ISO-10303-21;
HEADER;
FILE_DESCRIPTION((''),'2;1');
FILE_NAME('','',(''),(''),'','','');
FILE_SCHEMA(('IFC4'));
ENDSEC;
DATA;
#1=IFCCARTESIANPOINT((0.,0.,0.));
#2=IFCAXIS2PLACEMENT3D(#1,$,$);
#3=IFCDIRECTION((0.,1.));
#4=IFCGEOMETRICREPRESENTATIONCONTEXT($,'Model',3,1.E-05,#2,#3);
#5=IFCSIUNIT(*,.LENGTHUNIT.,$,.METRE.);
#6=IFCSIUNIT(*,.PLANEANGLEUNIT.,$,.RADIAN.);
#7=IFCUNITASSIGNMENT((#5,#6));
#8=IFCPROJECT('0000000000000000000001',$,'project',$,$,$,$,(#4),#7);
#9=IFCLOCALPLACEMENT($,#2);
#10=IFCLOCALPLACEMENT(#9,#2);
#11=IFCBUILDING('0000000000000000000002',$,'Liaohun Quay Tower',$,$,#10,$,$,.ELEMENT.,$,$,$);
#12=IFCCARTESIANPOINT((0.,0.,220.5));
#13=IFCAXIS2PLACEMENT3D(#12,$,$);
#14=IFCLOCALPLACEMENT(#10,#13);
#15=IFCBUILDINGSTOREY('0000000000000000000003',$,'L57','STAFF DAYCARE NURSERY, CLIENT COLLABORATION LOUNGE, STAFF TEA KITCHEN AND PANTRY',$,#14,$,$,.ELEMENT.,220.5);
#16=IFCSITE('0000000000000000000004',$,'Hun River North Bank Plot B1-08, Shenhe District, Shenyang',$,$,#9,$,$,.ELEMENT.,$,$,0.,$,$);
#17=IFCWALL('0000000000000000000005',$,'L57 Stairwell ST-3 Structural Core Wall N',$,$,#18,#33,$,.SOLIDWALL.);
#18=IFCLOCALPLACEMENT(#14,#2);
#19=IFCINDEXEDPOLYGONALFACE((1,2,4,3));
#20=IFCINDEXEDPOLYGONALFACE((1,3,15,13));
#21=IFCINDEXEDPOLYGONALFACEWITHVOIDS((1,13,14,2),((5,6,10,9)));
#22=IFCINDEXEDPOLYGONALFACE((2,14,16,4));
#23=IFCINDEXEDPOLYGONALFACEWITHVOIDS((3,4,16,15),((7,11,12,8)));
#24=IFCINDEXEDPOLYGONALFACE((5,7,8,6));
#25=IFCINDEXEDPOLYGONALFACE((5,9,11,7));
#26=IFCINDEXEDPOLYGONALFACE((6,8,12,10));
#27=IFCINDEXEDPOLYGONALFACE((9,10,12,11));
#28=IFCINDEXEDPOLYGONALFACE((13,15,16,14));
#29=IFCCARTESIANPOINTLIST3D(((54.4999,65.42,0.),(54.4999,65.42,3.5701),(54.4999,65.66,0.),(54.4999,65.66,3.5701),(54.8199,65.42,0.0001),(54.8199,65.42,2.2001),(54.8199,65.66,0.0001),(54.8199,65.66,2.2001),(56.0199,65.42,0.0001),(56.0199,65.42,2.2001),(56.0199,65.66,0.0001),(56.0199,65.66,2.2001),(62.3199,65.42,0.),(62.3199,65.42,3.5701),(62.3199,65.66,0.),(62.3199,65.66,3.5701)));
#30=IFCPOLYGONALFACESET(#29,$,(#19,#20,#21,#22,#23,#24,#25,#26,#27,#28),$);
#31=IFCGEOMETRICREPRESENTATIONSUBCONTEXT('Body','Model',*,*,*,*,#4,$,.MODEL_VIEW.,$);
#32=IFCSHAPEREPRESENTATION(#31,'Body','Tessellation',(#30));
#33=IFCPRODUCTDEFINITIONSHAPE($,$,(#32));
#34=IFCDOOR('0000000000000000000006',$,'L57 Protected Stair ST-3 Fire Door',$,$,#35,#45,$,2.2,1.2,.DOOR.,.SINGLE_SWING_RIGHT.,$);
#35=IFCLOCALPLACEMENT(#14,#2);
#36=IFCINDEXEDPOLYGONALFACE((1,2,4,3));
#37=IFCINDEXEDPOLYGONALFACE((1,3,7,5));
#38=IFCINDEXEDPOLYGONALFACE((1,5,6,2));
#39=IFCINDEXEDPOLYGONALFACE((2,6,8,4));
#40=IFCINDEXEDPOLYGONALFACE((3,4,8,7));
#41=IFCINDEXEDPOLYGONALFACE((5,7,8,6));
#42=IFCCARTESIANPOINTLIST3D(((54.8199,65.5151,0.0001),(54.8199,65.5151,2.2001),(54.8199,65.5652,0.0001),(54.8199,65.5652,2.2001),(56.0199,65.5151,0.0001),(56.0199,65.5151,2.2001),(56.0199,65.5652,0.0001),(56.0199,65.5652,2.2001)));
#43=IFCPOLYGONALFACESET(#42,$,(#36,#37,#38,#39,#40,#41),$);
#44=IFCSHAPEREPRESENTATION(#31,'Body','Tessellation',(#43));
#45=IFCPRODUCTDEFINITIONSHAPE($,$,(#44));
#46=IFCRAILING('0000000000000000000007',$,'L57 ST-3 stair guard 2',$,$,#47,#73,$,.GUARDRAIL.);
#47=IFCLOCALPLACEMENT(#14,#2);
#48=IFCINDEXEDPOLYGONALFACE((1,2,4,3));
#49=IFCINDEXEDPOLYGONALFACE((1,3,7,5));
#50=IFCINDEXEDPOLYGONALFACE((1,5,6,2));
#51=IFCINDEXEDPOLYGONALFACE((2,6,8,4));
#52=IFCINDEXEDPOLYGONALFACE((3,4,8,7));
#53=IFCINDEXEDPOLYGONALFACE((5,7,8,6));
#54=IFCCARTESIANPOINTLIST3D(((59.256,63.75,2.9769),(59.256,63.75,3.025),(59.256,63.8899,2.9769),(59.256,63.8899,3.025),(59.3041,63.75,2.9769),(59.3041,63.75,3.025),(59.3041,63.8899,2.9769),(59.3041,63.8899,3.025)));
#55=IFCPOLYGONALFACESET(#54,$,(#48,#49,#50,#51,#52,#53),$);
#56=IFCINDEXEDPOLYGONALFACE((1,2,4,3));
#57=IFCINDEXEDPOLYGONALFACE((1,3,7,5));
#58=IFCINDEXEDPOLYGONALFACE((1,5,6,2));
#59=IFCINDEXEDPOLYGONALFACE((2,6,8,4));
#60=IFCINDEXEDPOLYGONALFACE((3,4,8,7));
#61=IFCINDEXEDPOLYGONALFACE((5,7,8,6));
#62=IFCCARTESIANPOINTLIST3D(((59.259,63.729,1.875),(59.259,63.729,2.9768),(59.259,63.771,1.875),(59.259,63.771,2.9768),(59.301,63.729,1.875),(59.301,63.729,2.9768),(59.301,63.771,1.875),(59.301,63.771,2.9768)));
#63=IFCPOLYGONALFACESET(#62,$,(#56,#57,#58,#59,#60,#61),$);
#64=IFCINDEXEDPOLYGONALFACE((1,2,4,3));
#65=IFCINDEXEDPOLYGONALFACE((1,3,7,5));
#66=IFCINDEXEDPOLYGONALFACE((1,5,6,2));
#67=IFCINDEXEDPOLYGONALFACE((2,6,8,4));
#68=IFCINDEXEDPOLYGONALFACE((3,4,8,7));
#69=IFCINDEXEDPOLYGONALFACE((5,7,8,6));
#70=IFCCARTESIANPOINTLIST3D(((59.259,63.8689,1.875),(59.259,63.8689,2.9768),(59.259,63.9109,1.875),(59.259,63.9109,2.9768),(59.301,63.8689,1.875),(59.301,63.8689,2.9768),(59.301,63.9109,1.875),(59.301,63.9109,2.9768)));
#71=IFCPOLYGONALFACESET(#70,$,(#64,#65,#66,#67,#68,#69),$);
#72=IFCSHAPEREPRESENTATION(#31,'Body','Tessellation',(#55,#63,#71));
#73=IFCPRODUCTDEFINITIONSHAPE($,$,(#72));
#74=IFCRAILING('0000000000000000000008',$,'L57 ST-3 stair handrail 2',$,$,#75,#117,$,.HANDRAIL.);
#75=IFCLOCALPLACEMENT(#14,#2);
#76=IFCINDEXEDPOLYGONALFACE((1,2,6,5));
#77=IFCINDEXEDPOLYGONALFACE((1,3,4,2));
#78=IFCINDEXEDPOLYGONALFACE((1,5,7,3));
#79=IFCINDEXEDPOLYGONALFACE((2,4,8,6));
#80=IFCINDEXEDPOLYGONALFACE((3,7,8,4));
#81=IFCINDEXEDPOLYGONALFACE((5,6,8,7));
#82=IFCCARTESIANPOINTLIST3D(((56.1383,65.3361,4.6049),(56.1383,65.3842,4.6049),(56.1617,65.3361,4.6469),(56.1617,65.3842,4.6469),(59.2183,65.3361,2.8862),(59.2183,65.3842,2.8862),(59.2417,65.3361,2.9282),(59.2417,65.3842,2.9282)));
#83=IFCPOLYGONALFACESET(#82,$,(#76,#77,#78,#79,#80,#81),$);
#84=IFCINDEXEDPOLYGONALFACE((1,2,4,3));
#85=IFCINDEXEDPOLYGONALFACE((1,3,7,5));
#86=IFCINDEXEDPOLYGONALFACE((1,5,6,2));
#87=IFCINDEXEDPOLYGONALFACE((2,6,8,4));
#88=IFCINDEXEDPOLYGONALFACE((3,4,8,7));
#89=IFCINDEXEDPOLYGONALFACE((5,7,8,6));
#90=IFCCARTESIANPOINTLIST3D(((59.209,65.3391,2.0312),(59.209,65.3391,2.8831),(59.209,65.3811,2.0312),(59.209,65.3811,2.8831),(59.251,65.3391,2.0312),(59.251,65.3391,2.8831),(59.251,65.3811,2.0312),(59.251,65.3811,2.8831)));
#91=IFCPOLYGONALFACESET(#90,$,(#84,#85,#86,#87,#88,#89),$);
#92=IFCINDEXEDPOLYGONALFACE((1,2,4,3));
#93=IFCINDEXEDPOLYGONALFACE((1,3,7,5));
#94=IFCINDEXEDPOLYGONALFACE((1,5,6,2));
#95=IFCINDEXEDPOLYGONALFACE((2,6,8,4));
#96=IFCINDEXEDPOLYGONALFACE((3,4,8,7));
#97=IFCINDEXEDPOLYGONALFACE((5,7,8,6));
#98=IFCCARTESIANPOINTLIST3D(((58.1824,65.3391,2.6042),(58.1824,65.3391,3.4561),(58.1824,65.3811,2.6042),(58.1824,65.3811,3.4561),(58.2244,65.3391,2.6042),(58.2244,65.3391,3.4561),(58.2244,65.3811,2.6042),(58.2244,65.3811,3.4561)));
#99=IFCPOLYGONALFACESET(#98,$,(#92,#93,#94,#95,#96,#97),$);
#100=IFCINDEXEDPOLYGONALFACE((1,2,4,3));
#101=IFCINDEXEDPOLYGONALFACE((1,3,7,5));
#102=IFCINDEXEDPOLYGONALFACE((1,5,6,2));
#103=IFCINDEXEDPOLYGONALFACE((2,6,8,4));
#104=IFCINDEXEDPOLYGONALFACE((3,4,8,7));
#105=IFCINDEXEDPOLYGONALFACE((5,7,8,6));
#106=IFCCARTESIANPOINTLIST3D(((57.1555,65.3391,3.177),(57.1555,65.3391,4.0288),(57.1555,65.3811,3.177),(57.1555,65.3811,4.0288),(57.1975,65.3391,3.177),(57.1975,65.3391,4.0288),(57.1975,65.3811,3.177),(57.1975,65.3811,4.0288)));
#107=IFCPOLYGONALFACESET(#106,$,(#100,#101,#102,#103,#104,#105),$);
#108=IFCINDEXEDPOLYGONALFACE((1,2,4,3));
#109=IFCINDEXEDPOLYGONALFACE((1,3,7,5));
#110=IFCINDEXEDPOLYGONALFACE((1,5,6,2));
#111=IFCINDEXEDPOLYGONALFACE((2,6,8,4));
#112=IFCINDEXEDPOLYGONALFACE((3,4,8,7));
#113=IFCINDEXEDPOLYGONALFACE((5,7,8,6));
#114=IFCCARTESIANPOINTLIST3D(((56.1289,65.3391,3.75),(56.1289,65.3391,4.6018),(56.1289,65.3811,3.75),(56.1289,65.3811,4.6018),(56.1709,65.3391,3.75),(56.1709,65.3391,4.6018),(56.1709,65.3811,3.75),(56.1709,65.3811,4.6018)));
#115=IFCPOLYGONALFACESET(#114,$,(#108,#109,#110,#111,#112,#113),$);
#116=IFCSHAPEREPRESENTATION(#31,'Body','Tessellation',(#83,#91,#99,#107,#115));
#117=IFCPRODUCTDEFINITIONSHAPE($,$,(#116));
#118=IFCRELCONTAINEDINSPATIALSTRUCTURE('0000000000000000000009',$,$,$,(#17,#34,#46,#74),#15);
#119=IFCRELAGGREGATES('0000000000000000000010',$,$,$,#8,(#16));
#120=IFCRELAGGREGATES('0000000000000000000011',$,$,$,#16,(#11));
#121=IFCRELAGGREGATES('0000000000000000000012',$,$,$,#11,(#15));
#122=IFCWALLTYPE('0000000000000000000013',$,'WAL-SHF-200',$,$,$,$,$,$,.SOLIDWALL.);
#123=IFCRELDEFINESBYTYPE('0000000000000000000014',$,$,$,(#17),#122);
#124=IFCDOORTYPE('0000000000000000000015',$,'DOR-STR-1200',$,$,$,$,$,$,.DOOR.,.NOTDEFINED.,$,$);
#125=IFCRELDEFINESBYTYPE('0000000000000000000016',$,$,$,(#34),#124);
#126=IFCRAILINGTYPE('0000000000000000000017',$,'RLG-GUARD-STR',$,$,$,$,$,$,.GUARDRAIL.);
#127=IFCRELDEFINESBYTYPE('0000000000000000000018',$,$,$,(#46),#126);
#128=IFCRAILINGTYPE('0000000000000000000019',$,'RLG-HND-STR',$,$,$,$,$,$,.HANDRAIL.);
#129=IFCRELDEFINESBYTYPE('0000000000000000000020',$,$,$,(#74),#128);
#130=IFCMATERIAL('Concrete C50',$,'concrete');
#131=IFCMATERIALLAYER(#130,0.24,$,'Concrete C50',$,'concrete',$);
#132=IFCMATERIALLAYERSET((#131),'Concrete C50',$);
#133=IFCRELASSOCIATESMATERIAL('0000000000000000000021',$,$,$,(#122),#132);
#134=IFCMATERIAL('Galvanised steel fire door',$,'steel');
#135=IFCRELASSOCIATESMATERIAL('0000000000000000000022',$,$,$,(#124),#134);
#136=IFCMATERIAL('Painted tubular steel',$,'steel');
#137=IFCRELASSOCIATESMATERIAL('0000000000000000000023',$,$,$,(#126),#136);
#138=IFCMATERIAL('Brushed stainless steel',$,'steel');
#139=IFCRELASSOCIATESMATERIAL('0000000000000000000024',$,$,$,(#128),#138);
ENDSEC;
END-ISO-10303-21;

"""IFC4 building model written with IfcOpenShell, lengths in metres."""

from ifc_helpers import new_model, si_unit, direction, frame, frame_2d, origin, origin_2d, place, context, subcontext, project, spatial, rectangle, extrude, source, transform, mapped, material, layer, layer_set, type_object, element, fill, save


model = new_model("IFC4")

# Units and contexts
model_context = context("Model", 3, precision=1e-05, world=origin(), true_north=direction((0.0, 1.0)))
body_context = subcontext(model_context, "Body", "Model", "MODEL_VIEW")
ifc_project = project(units=[si_unit("LENGTHUNIT", "METRE"), si_unit("PLANEANGLEUNIT", "RADIAN")], contexts=[model_context])

# Site, building, storey
site_placement = place(None, origin())
site = spatial("IfcSite", under=ifc_project, at=site_placement, Name="Hun River North Bank Plot B1-08, Shenhe District, Shenyang", CompositionType="ELEMENT", RefElevation=0.0)
building_placement = place(site_placement, origin())
building = spatial("IfcBuilding", under=site, at=building_placement, Name="Liaohun Quay Tower", CompositionType="ELEMENT")
storey_placement = place(building_placement, frame((0.0, 0.0, 220.5)))
storey = spatial("IfcBuildingStorey", under=building, at=storey_placement, Name="L57", Description="STAFF DAYCARE NURSERY, CLIENT COLLABORATION LOUNGE, STAFF TEA KITCHEN AND PANTRY", CompositionType="ELEMENT", Elevation=220.5)

# Shared definitions
ifc_material_1 = material(Name="Concrete C50", Category="concrete")
ifc_layer_1 = layer(ifc_material_1, 0.24, Name="Concrete C50", Category="concrete")
ifc_layer_set_1 = layer_set([ifc_layer_1], Name="Concrete C50")
wall_type_1 = type_object("IfcWallType", Name="WAL-SHF-200", PredefinedType="SOLIDWALL", material=ifc_layer_set_1)

# Wall, opening, door
wall_1_placement = place(storey_placement, frame((62.3201, 65.54, 0.0), z_axis=(0.0, 0.0, 1.0), x_axis=(-1.0, 0.0, 0.0)))
wall_1 = element("IfcWall", 1, at=wall_1_placement, inside=storey, type_object=wall_type_1, Name="L57 Stairwell ST-3 Structural Core Wall N", PredefinedType="SOLIDWALL", context=body_context, shape_type="SweptSolid", body=[
    extrude(rectangle(XDim=7.8201, YDim=0.24, at=frame_2d((3.9102, 0.0))), origin(), (0.0, 0.0, 1.0), 3.5701),
])
shared_shape_1 = source(origin(), body_context, "Body", "SweptSolid", [
    extrude(rectangle(XDim=1.2, YDim=2.2, at=frame_2d((0.6001, 1.1001))), frame((0.0, 0.1299, 0.0), z_axis=(0.0, -1.0, 0.0), x_axis=(1.0, 0.0, 0.0)), (0.0, 0.0, 1.0), 0.26),
])
opening_1_placement = place(wall_1_placement, frame((6.3, 0.0, 0.0)))
opening_1 = element("IfcOpeningElement", 2, at=opening_1_placement, cuts=wall_1, PredefinedType="OPENING", context=body_context, shape_type="MappedRepresentation", body=[
    mapped(shared_shape_1, transform((0.0, 0.0, 0.0), x_axis=(1.0, 0.0, 0.0), y_axis=(0.0, 1.0, 0.0), z_axis=(0.0, 0.0, 1.0), scale=1.0)),
])
ifc_material_2 = material(Name="Galvanised steel fire door", Category="steel")
door_type_1 = type_object("IfcDoorType", Name="DOR-STR-1200", OperationType="NOTDEFINED", PredefinedType="DOOR", material=ifc_material_2)
shared_shape_2 = source(origin(), body_context, "Body", "SweptSolid", [
    extrude(rectangle(XDim=1.2, YDim=2.2, at=frame_2d((0.6001, 1.1001))), frame((0.0, 0.0249, 0.0), z_axis=(0.0, -1.0, 0.0), x_axis=(1.0, 0.0, 0.0)), (0.0, 0.0, 1.0), 0.05),
])
door_1_placement = place(opening_1_placement, origin())
door_1 = element("IfcDoor", 3, at=door_1_placement, inside=storey, type_object=door_type_1, Name="L57 Protected Stair ST-3 Fire Door", OperationType="SINGLE_SWING_RIGHT", OverallHeight=2.2, OverallWidth=1.2, PredefinedType="DOOR", context=body_context, shape_type="MappedRepresentation", body=[
    mapped(shared_shape_2, transform((0.0, 0.0, 0.0), x_axis=(1.0, 0.0, 0.0), y_axis=(0.0, 1.0, 0.0), z_axis=(0.0, 0.0, 1.0), scale=1.0)),
])
fill(opening_1, door_1)

# Railings
ifc_material_3 = material(Name="Painted tubular steel", Category="steel")
railing_type_1 = type_object("IfcRailingType", Name="RLG-GUARD-STR", PredefinedType="GUARDRAIL", material=ifc_material_3)
railing_1_placement = place(storey_placement, frame((59.28, 63.75, 1.875)))
element("IfcRailing", 4, at=railing_1_placement, inside=storey, type_object=railing_type_1, Name="L57 ST-3 stair guard 2", PredefinedType="GUARDRAIL", context=body_context, shape_type="SweptSolid", body=[
    extrude(rectangle(XDim=0.0481, YDim=0.0481, at=origin_2d()), frame((0.0, 0.0, 1.126), z_axis=(0.0, 1.0, 0.0), x_axis=(-1.0, 0.0, 0.0)), (0.0, 0.0, 1.0), 0.1399),
    extrude(rectangle(XDim=0.042, YDim=0.042, at=origin_2d()), origin(), (0.0, 0.0, 1.0), 1.1018),
    extrude(rectangle(XDim=0.042, YDim=0.042, at=origin_2d()), frame((0.0, 0.1399, 0.0)), (0.0, 0.0, 1.0), 1.1018),
])
ifc_material_4 = material(Name="Brushed stainless steel", Category="steel")
railing_type_2 = type_object("IfcRailingType", Name="RLG-HND-STR", PredefinedType="HANDRAIL", material=ifc_material_4)
railing_2_placement = place(storey_placement, frame((59.23, 65.3601, 2.0312)))
element("IfcRailing", 5, at=railing_2_placement, inside=storey, type_object=railing_type_2, Name="L57 ST-3 stair handrail 2", PredefinedType="HANDRAIL", context=body_context, shape_type="SweptSolid", body=[
    extrude(rectangle(XDim=0.0481, YDim=0.0481, at=origin_2d()), frame((0.0, 0.0, 0.876), z_axis=(-0.873242, 0.0, 0.487288), x_axis=(0.0, -1.0, 0.0)), (0.0, 0.0, 1.0), 3.5271),
    extrude(rectangle(XDim=0.042, YDim=0.042, at=origin_2d()), origin(), (0.0, 0.0, 1.0), 0.8518),
    extrude(rectangle(XDim=0.042, YDim=0.042, at=origin_2d()), frame((-1.0266, 0.0, 0.573)), (0.0, 0.0, 1.0), 0.8518),
    extrude(rectangle(XDim=0.042, YDim=0.042, at=origin_2d()), frame((-2.0535, 0.0, 1.1458)), (0.0, 0.0, 1.0), 0.8518),
    extrude(rectangle(XDim=0.042, YDim=0.042, at=origin_2d()), frame((-3.0801, 0.0, 1.7188)), (0.0, 0.0, 1.0), 0.8518),
])

save(model, "model.ifc")
